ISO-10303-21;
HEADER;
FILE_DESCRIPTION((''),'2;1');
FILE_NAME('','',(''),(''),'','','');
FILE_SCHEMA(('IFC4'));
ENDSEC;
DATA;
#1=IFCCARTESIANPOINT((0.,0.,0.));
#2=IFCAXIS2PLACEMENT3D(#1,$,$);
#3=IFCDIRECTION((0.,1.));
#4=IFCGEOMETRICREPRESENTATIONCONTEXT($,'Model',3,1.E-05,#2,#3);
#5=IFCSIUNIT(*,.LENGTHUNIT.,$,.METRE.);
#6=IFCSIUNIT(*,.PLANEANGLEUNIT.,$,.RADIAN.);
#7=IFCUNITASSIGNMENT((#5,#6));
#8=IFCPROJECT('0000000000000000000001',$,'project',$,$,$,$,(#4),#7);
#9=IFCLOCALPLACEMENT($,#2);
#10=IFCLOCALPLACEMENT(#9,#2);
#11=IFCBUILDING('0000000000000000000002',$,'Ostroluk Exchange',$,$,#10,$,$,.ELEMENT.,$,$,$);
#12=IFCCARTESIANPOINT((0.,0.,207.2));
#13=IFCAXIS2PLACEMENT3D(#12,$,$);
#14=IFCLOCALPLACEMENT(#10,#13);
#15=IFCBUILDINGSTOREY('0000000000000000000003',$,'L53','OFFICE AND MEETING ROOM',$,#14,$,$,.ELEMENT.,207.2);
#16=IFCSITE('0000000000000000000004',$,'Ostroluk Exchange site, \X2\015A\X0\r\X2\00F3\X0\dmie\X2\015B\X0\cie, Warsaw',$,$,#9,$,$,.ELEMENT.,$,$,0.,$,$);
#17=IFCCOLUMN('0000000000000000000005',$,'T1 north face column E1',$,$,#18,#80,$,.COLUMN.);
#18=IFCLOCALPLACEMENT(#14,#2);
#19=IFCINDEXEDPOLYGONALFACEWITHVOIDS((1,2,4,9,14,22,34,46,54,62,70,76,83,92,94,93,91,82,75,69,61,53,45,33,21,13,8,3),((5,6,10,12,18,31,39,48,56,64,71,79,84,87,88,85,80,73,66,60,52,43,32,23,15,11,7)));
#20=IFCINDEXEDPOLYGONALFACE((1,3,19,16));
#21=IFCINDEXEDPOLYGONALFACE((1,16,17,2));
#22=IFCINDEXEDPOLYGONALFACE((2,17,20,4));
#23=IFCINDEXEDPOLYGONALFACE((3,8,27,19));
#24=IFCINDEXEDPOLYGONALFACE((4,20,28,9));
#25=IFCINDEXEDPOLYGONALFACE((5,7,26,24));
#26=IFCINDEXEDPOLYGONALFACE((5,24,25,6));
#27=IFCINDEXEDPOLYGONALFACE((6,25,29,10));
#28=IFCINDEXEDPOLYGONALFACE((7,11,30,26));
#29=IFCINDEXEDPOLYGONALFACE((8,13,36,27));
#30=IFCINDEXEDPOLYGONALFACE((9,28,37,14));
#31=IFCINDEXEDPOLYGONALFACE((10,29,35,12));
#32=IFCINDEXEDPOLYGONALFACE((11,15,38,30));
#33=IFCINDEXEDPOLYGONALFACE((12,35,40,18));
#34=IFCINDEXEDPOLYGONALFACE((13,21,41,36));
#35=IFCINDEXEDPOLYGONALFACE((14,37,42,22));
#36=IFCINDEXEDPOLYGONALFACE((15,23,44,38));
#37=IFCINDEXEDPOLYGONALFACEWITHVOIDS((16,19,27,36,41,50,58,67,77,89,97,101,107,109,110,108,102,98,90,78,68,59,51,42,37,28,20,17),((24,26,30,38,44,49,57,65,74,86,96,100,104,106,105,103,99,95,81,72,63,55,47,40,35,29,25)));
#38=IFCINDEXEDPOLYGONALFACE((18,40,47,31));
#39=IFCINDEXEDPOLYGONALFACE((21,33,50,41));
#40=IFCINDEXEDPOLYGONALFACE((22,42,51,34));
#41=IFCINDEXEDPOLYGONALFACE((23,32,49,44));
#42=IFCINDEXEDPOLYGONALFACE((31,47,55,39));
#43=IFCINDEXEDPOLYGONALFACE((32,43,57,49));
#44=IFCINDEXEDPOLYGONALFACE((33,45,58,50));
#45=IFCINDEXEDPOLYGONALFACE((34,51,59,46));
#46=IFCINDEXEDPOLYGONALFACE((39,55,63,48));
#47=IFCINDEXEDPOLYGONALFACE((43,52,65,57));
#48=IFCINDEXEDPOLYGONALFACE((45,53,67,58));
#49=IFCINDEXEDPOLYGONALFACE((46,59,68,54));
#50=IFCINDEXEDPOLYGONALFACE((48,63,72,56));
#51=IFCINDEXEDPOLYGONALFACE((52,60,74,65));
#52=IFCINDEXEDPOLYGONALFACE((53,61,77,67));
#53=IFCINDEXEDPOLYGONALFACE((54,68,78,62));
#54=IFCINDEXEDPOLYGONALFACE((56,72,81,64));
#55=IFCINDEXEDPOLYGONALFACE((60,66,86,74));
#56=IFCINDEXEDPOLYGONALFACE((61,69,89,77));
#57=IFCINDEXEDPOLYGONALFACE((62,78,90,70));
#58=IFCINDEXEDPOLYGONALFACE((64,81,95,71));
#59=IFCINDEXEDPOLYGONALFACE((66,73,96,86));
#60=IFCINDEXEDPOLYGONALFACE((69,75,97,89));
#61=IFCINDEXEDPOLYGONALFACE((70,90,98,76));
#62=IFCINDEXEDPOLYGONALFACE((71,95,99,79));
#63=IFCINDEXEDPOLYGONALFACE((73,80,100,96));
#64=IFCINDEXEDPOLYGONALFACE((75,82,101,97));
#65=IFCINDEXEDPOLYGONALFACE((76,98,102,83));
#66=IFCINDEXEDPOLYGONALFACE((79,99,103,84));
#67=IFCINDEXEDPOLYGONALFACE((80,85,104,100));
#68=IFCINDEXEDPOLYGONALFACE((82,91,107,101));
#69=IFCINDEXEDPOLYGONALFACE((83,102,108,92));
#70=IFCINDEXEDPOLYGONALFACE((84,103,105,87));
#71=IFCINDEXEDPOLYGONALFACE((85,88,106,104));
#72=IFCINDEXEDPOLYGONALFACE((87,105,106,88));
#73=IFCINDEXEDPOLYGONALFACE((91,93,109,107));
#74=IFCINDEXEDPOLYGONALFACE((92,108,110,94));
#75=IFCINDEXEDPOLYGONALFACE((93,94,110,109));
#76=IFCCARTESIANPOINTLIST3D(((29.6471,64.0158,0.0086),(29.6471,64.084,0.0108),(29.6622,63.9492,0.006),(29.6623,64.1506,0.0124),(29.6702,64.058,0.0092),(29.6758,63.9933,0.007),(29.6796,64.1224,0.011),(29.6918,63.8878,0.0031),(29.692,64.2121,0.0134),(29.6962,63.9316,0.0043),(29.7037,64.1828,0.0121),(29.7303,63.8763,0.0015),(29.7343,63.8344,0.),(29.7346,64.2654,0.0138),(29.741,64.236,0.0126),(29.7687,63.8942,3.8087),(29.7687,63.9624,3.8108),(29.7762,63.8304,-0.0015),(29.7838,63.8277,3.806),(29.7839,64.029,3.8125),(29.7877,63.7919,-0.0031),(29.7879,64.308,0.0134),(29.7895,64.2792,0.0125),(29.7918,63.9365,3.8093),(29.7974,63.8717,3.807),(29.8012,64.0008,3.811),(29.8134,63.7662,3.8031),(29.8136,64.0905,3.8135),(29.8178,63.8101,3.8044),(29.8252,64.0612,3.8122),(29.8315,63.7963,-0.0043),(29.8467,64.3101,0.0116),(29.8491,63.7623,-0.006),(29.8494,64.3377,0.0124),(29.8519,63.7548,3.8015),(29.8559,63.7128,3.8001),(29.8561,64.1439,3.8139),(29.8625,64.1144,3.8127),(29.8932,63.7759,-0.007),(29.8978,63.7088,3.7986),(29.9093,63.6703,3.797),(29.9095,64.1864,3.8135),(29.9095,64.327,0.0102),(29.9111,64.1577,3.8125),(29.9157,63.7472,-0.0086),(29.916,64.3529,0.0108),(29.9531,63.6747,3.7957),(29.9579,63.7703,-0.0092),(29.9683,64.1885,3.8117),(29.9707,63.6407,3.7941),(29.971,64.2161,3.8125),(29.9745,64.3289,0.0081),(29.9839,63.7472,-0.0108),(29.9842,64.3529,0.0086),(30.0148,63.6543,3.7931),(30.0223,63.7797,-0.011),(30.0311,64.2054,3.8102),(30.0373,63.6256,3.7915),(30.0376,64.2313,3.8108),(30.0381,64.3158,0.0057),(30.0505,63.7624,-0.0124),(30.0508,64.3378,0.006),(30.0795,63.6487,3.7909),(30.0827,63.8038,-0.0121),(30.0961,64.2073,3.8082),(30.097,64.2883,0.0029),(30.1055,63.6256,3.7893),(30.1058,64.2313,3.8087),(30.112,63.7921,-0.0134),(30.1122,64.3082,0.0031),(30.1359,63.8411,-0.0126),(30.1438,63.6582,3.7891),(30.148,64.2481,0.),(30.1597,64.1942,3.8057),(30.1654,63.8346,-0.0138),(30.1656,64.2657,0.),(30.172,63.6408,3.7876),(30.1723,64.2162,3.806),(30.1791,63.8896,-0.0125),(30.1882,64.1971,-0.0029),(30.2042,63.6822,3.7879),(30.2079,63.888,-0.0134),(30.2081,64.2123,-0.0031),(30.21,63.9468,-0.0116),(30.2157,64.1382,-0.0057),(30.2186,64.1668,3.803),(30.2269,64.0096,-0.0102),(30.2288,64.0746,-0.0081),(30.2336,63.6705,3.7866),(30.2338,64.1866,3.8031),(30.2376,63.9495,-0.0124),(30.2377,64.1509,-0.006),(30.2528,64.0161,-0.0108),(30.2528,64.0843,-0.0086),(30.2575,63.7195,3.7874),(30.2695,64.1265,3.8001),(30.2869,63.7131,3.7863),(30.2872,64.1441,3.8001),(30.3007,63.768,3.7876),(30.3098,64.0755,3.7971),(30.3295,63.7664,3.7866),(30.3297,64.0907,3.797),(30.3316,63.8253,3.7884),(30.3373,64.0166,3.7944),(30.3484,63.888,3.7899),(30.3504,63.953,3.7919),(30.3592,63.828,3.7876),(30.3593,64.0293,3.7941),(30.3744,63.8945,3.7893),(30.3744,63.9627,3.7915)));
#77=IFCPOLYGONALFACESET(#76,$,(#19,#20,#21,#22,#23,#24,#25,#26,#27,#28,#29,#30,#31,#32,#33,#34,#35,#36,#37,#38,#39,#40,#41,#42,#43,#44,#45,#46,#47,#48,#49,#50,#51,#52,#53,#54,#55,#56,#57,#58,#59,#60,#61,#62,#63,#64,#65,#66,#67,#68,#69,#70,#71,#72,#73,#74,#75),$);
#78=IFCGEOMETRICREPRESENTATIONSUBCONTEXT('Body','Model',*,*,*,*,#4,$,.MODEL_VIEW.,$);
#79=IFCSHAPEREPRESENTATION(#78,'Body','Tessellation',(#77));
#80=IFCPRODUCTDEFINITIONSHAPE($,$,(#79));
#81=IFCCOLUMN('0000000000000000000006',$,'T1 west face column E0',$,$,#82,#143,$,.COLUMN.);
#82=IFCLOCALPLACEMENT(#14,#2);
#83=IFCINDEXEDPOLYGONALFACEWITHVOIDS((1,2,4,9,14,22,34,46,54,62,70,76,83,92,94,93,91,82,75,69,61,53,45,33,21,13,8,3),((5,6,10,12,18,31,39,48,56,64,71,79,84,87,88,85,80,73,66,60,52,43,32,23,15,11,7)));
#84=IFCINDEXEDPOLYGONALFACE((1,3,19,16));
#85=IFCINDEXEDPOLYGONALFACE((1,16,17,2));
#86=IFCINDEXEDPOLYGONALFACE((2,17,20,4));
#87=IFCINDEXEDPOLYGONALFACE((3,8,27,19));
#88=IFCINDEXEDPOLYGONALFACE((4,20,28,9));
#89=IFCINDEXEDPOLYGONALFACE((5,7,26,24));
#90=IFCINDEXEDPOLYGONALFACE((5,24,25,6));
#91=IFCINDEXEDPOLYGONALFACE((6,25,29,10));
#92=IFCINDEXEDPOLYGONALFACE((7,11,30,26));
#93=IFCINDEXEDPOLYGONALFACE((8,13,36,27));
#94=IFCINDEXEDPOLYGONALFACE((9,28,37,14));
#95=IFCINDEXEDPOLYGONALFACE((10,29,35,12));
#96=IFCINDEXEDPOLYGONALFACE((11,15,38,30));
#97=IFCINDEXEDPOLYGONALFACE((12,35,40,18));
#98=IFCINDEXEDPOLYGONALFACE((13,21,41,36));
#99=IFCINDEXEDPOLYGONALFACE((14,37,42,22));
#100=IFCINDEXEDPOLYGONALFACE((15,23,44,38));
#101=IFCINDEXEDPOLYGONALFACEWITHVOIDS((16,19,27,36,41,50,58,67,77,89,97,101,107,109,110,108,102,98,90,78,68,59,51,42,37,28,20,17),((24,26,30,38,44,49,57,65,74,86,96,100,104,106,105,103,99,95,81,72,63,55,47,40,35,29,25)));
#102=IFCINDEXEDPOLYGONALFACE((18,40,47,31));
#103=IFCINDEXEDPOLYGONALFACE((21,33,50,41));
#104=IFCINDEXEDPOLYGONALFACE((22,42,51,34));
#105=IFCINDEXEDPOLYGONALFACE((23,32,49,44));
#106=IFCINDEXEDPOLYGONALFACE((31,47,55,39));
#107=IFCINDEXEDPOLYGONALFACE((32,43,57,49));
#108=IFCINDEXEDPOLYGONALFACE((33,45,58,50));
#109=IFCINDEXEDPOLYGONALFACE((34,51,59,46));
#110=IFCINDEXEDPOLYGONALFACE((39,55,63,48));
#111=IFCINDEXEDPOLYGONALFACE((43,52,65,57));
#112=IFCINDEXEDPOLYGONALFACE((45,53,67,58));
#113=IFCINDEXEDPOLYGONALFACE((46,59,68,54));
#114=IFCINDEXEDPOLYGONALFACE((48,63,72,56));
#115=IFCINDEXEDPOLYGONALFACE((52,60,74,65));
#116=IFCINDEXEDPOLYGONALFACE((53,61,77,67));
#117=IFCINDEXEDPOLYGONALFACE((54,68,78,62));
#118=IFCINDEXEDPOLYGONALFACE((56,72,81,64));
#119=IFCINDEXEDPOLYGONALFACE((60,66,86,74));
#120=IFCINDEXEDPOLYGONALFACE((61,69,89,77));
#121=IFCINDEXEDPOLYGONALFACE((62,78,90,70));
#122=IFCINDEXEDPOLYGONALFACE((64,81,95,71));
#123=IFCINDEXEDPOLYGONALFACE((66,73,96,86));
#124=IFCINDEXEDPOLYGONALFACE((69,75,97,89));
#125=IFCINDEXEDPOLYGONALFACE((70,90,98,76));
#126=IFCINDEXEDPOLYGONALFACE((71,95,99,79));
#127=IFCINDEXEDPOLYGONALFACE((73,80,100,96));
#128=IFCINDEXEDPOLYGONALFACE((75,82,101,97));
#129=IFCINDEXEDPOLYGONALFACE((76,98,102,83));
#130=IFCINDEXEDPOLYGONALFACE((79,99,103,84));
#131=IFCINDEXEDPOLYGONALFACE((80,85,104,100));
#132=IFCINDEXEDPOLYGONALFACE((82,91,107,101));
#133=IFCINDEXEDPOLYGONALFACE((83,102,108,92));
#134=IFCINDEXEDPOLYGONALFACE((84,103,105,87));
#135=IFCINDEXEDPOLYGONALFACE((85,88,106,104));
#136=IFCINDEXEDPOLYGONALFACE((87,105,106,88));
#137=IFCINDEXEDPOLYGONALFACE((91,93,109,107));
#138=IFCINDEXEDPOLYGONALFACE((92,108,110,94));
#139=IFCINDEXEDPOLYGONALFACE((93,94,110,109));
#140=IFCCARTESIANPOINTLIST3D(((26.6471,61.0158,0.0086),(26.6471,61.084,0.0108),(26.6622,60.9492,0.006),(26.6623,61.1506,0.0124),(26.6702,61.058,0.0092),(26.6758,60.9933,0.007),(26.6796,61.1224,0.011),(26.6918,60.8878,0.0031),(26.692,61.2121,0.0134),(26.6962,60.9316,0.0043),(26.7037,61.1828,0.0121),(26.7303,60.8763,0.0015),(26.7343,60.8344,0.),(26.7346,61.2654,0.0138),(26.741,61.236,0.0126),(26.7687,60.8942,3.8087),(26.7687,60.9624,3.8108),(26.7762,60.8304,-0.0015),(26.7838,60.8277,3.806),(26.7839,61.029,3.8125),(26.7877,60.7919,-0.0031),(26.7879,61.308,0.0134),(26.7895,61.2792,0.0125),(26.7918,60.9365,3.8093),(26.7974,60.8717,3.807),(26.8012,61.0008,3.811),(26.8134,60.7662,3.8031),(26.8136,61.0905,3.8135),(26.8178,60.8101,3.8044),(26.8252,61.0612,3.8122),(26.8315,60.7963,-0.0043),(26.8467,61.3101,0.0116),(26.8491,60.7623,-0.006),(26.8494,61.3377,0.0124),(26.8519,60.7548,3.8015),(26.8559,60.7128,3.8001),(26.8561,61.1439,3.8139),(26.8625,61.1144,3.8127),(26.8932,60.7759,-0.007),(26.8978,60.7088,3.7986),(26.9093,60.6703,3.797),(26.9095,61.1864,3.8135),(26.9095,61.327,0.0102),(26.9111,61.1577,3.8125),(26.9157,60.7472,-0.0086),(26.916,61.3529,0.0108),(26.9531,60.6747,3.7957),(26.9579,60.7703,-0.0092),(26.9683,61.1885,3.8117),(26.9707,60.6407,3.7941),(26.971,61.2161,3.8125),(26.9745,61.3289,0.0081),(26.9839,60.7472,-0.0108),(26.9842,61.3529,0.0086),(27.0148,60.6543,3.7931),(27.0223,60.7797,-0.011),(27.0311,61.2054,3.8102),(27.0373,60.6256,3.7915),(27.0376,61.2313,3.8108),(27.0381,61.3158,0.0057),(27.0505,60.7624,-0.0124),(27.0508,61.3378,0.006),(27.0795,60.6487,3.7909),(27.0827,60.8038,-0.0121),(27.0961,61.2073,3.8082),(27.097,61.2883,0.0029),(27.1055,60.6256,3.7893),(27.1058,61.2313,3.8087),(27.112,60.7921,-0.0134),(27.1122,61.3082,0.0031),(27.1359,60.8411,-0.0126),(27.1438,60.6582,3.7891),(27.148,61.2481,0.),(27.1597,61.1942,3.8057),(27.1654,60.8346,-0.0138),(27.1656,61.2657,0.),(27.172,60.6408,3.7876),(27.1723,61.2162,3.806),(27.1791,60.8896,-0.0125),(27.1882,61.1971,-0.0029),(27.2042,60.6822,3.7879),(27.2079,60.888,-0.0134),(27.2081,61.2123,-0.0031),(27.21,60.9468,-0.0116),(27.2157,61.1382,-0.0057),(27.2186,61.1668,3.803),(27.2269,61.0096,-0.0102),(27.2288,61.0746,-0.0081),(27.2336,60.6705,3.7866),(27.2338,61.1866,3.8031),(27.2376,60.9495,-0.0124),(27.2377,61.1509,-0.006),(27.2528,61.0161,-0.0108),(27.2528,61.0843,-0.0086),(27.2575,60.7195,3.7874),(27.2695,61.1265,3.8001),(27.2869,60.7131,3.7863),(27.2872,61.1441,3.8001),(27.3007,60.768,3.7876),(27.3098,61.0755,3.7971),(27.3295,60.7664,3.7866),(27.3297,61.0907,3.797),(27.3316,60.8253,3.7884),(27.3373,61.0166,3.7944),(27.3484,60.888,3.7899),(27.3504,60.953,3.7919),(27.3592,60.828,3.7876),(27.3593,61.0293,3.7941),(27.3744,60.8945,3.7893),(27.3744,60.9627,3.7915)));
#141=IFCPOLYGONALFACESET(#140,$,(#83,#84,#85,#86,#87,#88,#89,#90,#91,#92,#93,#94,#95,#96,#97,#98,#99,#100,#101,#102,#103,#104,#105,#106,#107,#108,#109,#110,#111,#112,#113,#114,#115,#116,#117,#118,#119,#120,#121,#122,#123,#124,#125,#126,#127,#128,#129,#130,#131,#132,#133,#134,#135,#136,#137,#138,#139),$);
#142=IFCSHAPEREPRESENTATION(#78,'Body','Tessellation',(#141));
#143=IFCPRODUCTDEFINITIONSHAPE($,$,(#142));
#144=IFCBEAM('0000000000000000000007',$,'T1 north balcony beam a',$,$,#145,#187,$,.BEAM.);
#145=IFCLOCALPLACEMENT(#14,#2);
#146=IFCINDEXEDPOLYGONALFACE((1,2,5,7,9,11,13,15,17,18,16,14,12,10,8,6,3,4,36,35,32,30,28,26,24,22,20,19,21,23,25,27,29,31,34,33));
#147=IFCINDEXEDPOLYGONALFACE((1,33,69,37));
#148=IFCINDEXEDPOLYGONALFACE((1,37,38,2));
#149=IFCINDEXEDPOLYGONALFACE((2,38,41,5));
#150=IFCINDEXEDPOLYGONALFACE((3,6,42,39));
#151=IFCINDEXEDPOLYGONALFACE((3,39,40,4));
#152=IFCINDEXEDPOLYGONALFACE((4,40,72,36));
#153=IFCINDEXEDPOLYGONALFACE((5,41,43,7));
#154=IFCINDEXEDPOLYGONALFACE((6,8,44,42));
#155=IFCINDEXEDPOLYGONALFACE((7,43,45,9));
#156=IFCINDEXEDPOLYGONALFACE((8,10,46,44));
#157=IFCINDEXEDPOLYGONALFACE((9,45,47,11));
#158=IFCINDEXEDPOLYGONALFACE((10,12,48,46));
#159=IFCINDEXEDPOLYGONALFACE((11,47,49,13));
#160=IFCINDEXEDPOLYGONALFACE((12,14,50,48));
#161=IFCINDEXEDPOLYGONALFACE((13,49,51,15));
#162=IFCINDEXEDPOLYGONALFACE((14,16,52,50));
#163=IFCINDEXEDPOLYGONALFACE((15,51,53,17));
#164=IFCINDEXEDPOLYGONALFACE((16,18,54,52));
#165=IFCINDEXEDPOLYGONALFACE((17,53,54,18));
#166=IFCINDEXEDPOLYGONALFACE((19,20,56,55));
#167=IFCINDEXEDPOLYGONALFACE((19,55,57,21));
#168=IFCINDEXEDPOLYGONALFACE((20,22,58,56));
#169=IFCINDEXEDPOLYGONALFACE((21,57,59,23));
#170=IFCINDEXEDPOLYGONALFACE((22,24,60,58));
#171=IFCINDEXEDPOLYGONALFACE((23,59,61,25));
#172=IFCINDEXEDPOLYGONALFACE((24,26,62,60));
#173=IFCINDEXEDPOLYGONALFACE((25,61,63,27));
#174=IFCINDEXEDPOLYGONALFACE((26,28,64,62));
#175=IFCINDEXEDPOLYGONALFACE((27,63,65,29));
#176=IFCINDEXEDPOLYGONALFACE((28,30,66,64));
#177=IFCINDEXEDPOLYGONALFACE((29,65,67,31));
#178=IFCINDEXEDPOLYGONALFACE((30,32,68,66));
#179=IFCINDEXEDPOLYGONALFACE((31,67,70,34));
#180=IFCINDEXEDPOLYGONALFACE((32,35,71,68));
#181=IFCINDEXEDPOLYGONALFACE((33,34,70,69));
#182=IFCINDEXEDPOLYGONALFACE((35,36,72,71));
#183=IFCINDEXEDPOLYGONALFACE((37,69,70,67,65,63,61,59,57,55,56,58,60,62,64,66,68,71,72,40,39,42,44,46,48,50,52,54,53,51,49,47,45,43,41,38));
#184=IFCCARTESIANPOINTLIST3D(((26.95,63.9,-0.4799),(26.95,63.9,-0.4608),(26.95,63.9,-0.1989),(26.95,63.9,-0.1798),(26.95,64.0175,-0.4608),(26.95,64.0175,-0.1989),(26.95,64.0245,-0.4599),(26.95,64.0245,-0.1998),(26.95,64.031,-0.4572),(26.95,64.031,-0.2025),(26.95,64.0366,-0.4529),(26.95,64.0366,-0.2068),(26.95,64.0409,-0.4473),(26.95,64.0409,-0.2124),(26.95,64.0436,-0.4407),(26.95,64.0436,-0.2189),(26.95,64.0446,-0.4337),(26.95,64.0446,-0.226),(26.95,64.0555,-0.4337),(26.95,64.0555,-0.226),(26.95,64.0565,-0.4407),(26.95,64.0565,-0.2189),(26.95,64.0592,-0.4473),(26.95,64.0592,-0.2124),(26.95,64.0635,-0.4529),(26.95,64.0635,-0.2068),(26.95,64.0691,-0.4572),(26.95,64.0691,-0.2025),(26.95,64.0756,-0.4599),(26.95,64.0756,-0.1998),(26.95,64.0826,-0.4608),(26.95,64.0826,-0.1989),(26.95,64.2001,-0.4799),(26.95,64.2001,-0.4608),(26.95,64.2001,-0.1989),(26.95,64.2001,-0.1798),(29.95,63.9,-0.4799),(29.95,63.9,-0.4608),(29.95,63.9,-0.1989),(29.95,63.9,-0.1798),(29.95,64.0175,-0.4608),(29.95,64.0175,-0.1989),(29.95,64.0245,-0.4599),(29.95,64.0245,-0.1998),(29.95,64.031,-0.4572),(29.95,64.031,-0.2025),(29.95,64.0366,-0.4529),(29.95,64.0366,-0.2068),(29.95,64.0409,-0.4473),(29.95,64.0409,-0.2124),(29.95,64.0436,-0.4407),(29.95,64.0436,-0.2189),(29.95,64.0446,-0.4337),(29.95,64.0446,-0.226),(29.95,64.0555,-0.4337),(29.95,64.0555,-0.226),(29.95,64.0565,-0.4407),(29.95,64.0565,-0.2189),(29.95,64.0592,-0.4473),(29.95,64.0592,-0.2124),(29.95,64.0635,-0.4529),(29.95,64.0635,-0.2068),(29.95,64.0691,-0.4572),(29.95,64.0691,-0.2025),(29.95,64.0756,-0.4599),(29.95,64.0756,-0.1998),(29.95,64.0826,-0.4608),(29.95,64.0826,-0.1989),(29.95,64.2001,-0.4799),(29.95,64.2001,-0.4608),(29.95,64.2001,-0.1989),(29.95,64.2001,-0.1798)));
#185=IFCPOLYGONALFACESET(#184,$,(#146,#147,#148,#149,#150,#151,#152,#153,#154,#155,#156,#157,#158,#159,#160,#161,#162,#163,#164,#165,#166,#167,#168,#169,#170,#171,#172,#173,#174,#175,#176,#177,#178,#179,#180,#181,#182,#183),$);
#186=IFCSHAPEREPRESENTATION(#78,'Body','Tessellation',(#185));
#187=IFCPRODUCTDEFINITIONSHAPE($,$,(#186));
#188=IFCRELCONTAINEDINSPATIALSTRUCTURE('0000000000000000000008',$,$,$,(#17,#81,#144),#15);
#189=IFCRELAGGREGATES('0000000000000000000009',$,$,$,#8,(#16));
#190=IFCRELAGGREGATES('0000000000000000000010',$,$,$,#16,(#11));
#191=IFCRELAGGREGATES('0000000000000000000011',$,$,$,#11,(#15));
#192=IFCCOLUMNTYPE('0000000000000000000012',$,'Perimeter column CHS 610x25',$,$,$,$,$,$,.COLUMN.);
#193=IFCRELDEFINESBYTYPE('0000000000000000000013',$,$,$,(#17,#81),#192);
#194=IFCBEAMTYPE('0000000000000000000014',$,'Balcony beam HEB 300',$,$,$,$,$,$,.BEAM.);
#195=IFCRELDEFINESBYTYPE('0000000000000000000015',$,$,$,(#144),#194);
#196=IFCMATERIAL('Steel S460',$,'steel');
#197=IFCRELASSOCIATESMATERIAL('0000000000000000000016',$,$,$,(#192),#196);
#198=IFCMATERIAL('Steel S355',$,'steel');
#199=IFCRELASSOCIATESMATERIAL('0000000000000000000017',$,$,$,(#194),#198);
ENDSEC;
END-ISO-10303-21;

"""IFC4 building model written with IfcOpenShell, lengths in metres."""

from ifc_helpers import new_model, si_unit, direction, frame, origin, origin_2d, place, context, subcontext, project, spatial, hollow_circle, i_section, extrude, material, material_profile, profile_set, type_object, element, save


model = new_model("IFC4")

# Units and contexts
model_context = context("Model", 3, precision=1e-05, world=origin(), true_north=direction((0.0, 1.0)))
body_context = subcontext(model_context, "Body", "Model", "MODEL_VIEW")
ifc_project = project(units=[si_unit("LENGTHUNIT", "METRE"), si_unit("PLANEANGLEUNIT", "RADIAN")], contexts=[model_context])

# Site, building, storey
site_placement = place(None, origin())
site = spatial("IfcSite", under=ifc_project, at=site_placement, Name="Ostroluk Exchange site, Śródmieście, Warsaw", CompositionType="ELEMENT", RefElevation=0.0)
building_placement = place(site_placement, origin())
building = spatial("IfcBuilding", under=site, at=building_placement, Name="Ostroluk Exchange", CompositionType="ELEMENT")
storey_placement = place(building_placement, frame((0.0, 0.0, 207.2)))
storey = spatial("IfcBuildingStorey", under=building, at=storey_placement, Name="L53", Description="OFFICE AND MEETING ROOM", CompositionType="ELEMENT", Elevation=207.2)

# Columns
ifc_material_1 = material(Name="Steel S460", Category="steel")
ifc_material_profile_1 = material_profile(ifc_material_1, hollow_circle(Radius=0.3049, WallThickness=0.0249, at=origin_2d()), Name="CHS 610x25")
ifc_profile_set_1 = profile_set([ifc_material_profile_1], Name="Steel S460")
column_type = type_object("IfcColumnType", Name="Perimeter column CHS 610x25", PredefinedType="COLUMN", material=ifc_profile_set_1)
for number, where, z_axis, x_axis, name in (
    (1, (29.95, 64.05, 0.0), (0.031962, -0.031962, 0.998978), (0.707107, 0.707107, 0.0), "T1 north face column E1"),
    (2, (26.95, 61.05, 0.0), (0.031962, -0.031962, 0.998978), (0.707107, 0.707107, 0.0), "T1 west face column E0"),
):
    element("IfcColumn", number, at=place(storey_placement, frame(where, z_axis=z_axis, x_axis=x_axis)), inside=storey, type_object=column_type, Name=name, PredefinedType="COLUMN", context=body_context, shape_type="SweptSolid", body=[
        extrude(hollow_circle(Radius=0.3049, WallThickness=0.0249, at=origin_2d()), origin(), (0.0, 0.0, 1.0), 3.804),
    ])

# Beam
ifc_material_2 = material(Name="Steel S355", Category="steel")
ifc_material_profile_2 = material_profile(ifc_material_2, i_section(OverallWidth=0.3, OverallDepth=0.3, WebThickness=0.011, FlangeThickness=0.019, FilletRadius=0.0271, at=origin_2d()), Name="HEB 300")
ifc_profile_set_2 = profile_set([ifc_material_profile_2], Name="Steel S355")
beam_type_1 = type_object("IfcBeamType", Name="Balcony beam HEB 300", PredefinedType="BEAM", material=ifc_profile_set_2)
for number, where, z_axis, x_axis, name in (
    (3, (29.95, 64.05, -0.3298), (-1.0, 0.0, 0.0), (0.0, -1.0, 0.0), "T1 north balcony beam a"),
):
    element("IfcBeam", number, at=place(storey_placement, frame(where, z_axis=z_axis, x_axis=x_axis)), inside=storey, type_object=beam_type_1, Name=name, PredefinedType="BEAM", context=body_context, shape_type="SweptSolid", body=[
        extrude(i_section(OverallWidth=0.3, OverallDepth=0.3, WebThickness=0.011, FlangeThickness=0.019, FilletRadius=0.0271, at=origin_2d()), origin(), (0.0, 0.0, 1.0), 3.0),
    ])

save(model, "model.ifc")
